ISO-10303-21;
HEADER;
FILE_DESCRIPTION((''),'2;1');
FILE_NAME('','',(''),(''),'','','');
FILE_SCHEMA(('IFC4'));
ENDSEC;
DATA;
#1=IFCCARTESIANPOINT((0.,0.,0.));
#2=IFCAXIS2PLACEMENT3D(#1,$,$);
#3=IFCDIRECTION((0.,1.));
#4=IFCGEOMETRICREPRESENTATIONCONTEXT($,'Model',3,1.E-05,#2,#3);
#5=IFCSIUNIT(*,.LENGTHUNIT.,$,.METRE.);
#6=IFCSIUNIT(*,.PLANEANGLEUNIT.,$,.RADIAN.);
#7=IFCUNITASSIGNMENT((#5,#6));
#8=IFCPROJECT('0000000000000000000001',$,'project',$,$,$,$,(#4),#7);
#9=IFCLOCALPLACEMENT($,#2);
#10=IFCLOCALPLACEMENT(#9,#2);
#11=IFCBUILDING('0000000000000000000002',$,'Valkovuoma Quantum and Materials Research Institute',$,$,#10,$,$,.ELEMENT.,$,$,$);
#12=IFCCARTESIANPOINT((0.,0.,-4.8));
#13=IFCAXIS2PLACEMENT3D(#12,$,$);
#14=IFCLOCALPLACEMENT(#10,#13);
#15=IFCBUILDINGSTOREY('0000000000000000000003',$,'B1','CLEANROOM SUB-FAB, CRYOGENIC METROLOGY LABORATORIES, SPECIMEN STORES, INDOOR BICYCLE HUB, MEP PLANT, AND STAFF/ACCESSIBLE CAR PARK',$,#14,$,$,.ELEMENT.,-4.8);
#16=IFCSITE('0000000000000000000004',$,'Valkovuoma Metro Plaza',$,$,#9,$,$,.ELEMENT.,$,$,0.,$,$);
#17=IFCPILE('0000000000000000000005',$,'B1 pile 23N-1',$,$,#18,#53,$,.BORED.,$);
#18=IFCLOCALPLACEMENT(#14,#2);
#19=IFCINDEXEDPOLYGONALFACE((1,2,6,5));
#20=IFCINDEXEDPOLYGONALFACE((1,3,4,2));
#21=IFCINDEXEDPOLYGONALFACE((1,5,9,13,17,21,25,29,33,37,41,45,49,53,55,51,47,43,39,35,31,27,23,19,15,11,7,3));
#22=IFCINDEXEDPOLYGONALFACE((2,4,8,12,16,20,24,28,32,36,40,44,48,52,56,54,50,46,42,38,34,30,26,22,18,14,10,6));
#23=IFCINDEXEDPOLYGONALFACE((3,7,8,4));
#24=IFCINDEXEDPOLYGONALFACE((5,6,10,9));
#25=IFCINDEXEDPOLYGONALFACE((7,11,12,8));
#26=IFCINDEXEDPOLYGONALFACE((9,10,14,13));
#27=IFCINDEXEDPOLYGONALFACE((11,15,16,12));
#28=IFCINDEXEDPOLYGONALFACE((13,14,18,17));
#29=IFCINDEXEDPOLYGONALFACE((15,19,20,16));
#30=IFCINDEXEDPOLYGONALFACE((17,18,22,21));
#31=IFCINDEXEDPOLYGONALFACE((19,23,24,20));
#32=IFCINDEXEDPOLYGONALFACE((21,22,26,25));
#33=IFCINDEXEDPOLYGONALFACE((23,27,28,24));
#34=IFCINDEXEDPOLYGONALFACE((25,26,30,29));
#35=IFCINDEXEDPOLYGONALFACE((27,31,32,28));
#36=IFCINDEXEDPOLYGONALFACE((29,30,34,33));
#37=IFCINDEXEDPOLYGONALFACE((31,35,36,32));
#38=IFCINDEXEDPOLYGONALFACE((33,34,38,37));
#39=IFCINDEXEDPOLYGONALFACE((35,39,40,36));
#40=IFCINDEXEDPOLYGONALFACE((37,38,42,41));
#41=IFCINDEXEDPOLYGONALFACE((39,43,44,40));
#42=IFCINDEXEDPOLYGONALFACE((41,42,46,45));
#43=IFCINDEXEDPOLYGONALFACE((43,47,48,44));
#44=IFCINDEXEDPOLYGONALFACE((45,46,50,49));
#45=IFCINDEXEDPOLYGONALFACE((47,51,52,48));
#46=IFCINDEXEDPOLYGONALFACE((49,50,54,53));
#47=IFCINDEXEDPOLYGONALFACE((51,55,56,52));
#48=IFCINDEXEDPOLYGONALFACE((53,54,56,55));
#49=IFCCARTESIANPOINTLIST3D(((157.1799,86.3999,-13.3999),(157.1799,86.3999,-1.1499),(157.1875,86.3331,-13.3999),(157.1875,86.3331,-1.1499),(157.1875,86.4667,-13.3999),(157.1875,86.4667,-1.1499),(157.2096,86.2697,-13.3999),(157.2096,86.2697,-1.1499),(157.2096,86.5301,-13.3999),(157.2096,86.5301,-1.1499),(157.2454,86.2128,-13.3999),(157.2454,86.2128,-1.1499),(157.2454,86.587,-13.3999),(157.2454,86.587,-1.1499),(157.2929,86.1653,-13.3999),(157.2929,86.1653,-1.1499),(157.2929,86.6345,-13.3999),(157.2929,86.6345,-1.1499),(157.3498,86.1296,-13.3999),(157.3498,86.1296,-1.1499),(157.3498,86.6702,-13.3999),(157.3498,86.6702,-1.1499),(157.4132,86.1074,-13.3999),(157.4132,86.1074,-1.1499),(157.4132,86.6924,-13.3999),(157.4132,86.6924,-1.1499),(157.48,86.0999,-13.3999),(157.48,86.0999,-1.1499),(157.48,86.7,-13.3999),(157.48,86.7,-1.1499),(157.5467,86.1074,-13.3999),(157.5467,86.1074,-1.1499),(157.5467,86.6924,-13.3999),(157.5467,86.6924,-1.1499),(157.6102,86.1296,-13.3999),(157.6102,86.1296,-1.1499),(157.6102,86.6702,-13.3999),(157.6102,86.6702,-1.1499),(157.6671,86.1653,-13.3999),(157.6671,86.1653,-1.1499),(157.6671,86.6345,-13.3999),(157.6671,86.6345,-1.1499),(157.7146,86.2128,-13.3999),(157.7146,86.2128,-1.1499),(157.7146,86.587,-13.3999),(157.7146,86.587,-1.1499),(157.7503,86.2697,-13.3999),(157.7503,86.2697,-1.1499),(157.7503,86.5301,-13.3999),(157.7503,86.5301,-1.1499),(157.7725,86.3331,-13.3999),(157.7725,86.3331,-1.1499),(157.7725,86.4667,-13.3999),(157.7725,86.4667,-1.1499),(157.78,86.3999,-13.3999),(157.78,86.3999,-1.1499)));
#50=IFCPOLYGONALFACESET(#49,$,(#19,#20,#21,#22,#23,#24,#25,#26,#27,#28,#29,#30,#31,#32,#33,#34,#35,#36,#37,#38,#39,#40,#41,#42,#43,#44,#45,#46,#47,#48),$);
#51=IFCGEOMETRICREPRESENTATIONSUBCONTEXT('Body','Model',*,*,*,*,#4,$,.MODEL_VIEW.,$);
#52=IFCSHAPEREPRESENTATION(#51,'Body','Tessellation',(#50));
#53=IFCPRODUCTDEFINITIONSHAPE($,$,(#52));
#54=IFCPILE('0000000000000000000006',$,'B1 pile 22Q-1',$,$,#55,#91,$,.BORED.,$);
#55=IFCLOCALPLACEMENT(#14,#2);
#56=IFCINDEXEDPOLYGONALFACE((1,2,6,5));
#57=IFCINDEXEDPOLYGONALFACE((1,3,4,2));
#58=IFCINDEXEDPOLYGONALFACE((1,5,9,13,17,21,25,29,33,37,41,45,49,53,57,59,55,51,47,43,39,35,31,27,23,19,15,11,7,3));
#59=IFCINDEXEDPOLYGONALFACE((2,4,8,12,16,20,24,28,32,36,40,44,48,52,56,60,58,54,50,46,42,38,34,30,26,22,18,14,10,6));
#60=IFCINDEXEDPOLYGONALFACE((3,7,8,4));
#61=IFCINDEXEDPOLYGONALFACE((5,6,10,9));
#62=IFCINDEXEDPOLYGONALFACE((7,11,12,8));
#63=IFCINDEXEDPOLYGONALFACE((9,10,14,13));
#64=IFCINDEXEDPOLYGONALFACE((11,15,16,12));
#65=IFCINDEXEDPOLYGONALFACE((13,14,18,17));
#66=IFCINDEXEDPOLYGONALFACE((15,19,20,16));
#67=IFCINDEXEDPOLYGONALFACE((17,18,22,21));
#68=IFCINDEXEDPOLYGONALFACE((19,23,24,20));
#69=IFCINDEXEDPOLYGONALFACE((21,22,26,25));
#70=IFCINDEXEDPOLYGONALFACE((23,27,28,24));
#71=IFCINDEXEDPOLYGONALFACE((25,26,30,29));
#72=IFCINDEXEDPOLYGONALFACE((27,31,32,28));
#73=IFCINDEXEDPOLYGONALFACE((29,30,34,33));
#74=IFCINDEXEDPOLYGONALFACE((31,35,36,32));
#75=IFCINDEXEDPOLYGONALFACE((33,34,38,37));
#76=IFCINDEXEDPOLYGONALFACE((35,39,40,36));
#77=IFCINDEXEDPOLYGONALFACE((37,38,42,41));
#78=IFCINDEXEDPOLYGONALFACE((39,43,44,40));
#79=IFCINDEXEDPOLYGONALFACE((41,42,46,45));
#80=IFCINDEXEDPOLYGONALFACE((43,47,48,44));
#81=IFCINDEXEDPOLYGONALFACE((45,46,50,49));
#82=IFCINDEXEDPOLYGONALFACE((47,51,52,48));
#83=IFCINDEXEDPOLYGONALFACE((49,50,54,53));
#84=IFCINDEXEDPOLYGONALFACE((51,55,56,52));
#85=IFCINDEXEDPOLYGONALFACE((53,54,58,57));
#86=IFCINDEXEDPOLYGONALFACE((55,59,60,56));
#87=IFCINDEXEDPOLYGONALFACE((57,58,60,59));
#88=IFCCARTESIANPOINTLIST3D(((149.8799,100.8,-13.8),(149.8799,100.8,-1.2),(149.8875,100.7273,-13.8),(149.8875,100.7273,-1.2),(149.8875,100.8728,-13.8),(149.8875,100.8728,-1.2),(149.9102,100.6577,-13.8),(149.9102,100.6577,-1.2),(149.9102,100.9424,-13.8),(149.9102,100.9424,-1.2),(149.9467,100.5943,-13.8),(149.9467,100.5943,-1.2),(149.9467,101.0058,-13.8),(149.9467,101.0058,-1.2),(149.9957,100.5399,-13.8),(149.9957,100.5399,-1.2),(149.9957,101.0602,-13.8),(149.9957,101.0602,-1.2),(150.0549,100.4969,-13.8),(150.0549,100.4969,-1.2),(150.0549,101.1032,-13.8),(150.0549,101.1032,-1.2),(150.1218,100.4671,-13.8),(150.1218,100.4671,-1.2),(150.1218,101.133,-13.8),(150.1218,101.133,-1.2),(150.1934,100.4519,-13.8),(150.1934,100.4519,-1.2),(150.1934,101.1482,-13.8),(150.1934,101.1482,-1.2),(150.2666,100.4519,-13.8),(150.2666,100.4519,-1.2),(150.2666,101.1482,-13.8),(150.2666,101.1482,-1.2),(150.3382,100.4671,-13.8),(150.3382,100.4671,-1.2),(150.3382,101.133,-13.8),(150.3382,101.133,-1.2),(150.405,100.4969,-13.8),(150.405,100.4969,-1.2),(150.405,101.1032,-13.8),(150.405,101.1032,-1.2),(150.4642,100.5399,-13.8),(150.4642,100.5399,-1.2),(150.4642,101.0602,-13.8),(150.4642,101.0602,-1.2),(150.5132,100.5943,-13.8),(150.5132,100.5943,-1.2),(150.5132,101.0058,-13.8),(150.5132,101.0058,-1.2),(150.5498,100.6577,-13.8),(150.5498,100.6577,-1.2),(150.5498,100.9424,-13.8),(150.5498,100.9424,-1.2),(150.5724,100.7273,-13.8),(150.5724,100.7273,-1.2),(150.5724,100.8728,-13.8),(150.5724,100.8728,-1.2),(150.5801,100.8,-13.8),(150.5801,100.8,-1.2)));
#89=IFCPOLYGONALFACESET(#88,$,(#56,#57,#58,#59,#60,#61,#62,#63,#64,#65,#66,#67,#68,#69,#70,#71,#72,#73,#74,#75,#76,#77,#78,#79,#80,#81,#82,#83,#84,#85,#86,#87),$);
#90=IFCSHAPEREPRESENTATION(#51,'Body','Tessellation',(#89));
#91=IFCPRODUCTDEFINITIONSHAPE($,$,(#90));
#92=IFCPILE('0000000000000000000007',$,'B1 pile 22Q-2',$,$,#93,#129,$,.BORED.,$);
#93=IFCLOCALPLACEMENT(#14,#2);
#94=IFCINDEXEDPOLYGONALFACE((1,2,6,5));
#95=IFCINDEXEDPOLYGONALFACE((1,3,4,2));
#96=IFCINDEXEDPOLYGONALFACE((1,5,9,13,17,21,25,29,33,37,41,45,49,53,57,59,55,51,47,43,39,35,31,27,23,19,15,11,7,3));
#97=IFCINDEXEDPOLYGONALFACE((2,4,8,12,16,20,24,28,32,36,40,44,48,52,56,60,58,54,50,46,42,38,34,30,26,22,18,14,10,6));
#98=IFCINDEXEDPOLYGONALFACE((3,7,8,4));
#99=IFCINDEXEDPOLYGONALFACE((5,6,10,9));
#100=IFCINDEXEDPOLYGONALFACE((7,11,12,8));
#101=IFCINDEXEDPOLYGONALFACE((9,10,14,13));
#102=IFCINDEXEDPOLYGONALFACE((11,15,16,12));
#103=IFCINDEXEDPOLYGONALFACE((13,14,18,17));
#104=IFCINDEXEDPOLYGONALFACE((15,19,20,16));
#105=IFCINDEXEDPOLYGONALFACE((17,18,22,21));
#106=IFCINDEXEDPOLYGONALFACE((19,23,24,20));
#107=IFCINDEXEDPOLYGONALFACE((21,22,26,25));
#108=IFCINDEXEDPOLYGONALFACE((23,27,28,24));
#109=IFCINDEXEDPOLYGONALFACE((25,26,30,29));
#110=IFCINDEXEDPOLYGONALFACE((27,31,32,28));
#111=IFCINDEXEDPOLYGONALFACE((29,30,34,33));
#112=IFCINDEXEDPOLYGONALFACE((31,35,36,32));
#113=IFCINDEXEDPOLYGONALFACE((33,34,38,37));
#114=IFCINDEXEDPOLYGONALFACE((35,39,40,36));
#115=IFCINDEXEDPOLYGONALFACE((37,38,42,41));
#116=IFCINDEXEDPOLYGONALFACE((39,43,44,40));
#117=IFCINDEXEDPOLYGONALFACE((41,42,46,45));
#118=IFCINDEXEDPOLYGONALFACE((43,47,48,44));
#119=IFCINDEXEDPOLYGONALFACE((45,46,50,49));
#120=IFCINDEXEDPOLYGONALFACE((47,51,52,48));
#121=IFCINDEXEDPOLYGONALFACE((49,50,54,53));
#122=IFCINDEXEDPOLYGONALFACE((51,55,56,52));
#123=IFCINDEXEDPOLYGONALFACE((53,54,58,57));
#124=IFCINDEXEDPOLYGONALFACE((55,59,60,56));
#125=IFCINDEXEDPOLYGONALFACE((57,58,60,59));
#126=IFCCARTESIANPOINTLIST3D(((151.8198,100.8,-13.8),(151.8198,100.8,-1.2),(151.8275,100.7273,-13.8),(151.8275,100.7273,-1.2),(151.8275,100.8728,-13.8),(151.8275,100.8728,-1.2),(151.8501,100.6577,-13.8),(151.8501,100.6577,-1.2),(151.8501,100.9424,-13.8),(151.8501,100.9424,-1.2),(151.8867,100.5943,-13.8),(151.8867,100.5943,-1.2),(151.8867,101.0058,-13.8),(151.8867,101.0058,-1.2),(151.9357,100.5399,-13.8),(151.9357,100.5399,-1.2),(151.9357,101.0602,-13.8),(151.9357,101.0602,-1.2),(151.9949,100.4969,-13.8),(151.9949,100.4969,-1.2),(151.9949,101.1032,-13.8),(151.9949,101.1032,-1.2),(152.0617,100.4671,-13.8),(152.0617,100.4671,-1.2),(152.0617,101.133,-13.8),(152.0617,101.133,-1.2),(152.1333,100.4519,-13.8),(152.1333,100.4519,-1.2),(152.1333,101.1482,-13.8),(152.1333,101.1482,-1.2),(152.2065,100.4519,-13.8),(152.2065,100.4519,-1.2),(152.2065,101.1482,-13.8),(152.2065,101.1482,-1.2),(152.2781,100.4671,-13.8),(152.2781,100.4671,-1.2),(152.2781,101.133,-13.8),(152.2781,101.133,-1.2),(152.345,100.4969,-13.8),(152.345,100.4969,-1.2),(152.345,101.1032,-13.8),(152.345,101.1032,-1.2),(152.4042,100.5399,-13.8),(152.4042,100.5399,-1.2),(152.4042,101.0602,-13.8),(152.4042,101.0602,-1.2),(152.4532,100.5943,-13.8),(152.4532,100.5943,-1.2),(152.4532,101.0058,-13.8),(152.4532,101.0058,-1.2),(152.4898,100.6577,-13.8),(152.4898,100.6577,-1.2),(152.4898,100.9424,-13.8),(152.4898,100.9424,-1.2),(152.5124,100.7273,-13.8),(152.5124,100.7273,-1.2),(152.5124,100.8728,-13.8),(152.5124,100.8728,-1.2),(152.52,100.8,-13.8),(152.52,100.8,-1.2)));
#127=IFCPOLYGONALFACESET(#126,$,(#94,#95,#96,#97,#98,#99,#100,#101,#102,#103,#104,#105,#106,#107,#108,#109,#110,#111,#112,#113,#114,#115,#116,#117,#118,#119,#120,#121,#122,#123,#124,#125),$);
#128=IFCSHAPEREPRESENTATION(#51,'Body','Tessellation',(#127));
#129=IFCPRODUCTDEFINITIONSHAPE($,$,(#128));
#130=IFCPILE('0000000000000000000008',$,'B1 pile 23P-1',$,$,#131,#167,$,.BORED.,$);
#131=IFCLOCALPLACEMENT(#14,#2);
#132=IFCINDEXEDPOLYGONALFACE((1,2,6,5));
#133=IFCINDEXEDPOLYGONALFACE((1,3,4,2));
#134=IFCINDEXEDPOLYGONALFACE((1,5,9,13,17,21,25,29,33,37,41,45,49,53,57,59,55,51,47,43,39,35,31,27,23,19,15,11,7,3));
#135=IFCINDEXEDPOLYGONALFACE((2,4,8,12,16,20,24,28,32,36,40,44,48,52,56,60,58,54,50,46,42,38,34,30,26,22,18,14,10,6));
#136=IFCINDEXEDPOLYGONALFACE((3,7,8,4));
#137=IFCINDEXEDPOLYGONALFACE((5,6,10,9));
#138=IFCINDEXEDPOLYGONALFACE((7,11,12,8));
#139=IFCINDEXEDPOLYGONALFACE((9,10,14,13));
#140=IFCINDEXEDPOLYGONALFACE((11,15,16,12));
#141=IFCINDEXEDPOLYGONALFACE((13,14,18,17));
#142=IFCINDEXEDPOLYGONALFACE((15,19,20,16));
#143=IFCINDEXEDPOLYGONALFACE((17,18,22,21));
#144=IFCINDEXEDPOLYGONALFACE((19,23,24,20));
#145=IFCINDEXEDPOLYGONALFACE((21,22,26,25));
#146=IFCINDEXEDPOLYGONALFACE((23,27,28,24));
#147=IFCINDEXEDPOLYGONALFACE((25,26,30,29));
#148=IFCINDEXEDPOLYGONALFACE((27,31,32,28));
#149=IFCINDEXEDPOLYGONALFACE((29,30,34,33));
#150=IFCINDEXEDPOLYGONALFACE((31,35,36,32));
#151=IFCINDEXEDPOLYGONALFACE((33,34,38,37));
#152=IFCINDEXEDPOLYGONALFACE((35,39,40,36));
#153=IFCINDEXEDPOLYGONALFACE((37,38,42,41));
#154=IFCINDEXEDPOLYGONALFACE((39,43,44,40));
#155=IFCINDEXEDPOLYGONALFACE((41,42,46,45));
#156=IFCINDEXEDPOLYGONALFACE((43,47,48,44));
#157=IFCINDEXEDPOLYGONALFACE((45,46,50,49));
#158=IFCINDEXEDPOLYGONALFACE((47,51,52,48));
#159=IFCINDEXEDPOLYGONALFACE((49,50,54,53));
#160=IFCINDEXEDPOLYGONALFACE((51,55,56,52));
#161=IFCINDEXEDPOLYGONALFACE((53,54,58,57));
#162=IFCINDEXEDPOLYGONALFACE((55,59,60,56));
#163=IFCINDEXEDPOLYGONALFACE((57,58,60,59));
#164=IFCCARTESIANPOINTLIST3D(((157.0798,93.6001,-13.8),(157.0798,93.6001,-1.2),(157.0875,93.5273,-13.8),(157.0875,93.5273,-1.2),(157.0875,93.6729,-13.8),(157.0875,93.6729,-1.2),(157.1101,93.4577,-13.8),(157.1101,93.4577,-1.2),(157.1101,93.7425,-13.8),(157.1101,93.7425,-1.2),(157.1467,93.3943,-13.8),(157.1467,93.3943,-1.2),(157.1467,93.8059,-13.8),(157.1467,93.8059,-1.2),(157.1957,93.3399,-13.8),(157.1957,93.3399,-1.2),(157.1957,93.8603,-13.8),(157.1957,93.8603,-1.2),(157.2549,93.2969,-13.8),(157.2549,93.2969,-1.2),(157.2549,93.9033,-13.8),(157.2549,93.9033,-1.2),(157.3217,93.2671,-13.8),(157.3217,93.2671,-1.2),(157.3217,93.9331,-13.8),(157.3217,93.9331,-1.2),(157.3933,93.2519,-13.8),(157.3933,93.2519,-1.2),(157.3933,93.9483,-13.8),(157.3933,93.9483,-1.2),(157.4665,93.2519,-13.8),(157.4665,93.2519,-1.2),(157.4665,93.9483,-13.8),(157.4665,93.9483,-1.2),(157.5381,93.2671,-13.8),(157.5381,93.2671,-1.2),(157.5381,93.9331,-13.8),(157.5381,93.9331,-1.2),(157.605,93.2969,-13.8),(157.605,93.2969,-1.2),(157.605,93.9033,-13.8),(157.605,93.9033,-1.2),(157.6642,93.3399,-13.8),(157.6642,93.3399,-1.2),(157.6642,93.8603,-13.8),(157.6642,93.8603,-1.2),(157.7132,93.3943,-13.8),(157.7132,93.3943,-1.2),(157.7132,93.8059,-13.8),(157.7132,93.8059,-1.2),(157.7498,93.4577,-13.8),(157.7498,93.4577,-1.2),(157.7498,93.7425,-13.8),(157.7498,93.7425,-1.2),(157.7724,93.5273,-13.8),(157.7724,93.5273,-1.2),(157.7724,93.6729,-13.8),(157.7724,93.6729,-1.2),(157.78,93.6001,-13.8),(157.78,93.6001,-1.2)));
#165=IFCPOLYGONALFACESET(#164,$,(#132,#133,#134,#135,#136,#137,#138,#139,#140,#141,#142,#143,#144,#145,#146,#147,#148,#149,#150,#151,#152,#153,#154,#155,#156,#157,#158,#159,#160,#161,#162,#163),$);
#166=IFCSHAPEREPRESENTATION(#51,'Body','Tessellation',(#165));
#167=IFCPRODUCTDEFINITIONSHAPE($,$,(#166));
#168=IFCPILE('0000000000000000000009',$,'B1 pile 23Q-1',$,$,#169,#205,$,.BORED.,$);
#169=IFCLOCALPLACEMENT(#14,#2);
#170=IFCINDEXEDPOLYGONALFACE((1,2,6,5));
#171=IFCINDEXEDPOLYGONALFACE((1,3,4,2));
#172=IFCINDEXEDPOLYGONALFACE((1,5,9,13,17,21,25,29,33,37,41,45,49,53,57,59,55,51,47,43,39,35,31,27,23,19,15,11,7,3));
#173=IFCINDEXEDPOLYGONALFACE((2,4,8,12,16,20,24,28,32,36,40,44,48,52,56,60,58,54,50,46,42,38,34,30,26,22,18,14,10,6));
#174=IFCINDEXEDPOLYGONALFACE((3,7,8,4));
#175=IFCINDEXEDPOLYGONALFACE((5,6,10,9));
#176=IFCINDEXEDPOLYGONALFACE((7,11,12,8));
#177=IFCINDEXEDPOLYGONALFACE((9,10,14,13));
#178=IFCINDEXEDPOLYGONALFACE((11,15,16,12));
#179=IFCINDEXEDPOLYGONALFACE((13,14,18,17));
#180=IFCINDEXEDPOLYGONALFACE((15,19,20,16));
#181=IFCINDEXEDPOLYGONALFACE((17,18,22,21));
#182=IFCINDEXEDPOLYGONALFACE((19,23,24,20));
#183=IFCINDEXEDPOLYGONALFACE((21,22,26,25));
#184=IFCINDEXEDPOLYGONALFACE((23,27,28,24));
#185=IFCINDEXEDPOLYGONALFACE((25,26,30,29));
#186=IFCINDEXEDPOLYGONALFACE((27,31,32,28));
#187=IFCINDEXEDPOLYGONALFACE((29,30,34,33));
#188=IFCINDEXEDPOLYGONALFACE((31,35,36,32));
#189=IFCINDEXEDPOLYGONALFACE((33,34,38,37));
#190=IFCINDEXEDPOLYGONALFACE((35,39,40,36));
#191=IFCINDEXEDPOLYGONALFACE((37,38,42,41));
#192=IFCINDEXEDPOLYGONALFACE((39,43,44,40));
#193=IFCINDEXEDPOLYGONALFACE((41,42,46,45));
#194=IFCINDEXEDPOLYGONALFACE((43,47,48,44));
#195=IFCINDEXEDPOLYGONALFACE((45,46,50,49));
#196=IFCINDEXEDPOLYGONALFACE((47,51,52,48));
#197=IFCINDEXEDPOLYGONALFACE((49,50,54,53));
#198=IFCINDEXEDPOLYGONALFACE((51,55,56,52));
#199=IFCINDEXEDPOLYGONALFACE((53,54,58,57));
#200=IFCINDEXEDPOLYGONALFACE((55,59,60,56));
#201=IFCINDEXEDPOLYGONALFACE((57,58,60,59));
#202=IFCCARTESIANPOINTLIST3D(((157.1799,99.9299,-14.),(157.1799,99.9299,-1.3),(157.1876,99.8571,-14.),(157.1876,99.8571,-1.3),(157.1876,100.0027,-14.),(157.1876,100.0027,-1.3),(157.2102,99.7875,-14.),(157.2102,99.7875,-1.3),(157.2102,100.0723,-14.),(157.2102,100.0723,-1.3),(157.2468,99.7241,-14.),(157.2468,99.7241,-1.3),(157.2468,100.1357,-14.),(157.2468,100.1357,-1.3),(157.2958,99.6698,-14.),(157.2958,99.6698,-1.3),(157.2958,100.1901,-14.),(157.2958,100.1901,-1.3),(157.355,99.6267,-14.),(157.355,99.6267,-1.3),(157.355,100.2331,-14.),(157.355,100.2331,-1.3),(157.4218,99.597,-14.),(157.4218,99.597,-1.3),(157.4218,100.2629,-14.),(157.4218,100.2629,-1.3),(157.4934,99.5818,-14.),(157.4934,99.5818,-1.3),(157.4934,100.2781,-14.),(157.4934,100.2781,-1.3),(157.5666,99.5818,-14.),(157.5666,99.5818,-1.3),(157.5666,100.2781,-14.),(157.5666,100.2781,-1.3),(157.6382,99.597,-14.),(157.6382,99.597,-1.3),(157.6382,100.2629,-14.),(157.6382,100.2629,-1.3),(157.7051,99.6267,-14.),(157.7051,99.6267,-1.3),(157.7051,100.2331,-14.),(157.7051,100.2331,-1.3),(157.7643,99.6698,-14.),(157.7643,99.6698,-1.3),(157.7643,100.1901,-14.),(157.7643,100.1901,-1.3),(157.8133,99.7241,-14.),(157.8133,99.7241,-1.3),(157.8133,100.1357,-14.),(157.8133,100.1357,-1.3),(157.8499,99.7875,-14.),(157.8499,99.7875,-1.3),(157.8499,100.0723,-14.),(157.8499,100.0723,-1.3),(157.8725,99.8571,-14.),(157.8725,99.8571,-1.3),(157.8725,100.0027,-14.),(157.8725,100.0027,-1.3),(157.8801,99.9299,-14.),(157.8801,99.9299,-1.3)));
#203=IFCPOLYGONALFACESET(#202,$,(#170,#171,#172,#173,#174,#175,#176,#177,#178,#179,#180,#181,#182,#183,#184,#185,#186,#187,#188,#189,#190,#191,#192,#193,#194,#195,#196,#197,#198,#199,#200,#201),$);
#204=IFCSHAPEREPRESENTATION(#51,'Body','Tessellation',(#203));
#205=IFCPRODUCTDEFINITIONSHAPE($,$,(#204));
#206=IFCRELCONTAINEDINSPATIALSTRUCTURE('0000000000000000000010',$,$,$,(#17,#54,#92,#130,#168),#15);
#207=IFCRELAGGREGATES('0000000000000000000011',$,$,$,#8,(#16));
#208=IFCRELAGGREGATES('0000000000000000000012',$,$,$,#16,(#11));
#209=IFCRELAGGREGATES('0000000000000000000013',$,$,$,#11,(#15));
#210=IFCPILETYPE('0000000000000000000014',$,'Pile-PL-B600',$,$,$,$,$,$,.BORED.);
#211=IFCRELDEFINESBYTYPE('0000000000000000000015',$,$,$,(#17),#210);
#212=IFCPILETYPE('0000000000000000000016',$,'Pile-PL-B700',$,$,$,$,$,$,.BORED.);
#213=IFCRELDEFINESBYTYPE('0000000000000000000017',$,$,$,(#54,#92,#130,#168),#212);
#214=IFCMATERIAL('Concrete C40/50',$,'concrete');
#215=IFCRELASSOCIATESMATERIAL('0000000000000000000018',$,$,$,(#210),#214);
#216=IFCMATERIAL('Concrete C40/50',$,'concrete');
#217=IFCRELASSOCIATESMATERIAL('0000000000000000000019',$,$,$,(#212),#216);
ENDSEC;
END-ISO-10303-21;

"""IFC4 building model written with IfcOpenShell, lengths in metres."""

from ifc_helpers import new_model, si_unit, direction, frame, origin, origin_2d, place, context, subcontext, project, spatial, circle, extrude, material, material_profile, profile_set, type_object, element, save


model = new_model("IFC4")

# Units and contexts
model_context = context("Model", 3, precision=1e-05, world=origin(), true_north=direction((0.0, 1.0)))
body_context = subcontext(model_context, "Body", "Model", "MODEL_VIEW")
ifc_project = project(units=[si_unit("LENGTHUNIT", "METRE"), si_unit("PLANEANGLEUNIT", "RADIAN")], contexts=[model_context])

# Site, building, storey
site_placement = place(None, origin())
site = spatial("IfcSite", under=ifc_project, at=site_placement, Name="Valkovuoma Metro Plaza", CompositionType="ELEMENT", RefElevation=0.0)
building_placement = place(site_placement, origin())
building = spatial("IfcBuilding", under=site, at=building_placement, Name="Valkovuoma Quantum and Materials Research Institute", CompositionType="ELEMENT")
storey_placement = place(building_placement, frame((0.0, 0.0, -4.8)))
storey = spatial("IfcBuildingStorey", under=building, at=storey_placement, Name="B1", Description="CLEANROOM SUB-FAB, CRYOGENIC METROLOGY LABORATORIES, SPECIMEN STORES, INDOOR BICYCLE HUB, MEP PLANT, AND STAFF/ACCESSIBLE CAR PARK", CompositionType="ELEMENT", Elevation=-4.8)

# Piles
ifc_material_1 = material(Name="Concrete C40/50", Category="concrete")
ifc_material_profile_1 = material_profile(ifc_material_1, circle(Radius=0.3, at=origin_2d()), Name="Concrete C40/50")
ifc_profile_set_1 = profile_set([ifc_material_profile_1], Name="Concrete C40/50")
pile_type_1 = type_object("IfcPileType", Name="Pile-PL-B600", PredefinedType="BORED", material=ifc_profile_set_1)
for number, where, z_axis, x_axis, name in (
    (1, (157.48, 86.3999, -1.1499), (0.0, 0.0, -1.0), (1.0, 0.0, 0.0), "B1 pile 23N-1"),
):
    element("IfcPile", number, at=place(storey_placement, frame(where, z_axis=z_axis, x_axis=x_axis)), inside=storey, type_object=pile_type_1, Name=name, PredefinedType="BORED", context=body_context, shape_type="SweptSolid", body=[
        extrude(circle(Radius=0.3, at=origin_2d()), origin(), (0.0, 0.0, 1.0), 12.25),
    ])
ifc_material_2 = material(Name="Concrete C40/50", Category="concrete")
ifc_material_profile_2 = material_profile(ifc_material_2, circle(Radius=0.3501, at=origin_2d()), Name="Concrete C40/50")
ifc_profile_set_2 = profile_set([ifc_material_profile_2], Name="Concrete C40/50")
pile_type_2 = type_object("IfcPileType", Name="Pile-PL-B700", PredefinedType="BORED", material=ifc_profile_set_2)
for number, where, z_axis, x_axis, name in (
    (2, (150.23, 100.8, -1.2), (0.0, 0.0, -1.0), (1.0, 0.0, 0.0), "B1 pile 22Q-1"),
    (3, (152.1699, 100.8, -1.2), (0.0, 0.0, -1.0), (1.0, 0.0, 0.0), "B1 pile 22Q-2"),
    (4, (157.4299, 93.6001, -1.2), (0.0, 0.0, -1.0), (1.0, 0.0, 0.0), "B1 pile 23P-1"),
):
    element("IfcPile", number, at=place(storey_placement, frame(where, z_axis=z_axis, x_axis=x_axis)), inside=storey, type_object=pile_type_2, Name=name, PredefinedType="BORED", context=body_context, shape_type="SweptSolid", body=[
        extrude(circle(Radius=0.3501, at=origin_2d()), origin(), (0.0, 0.0, 1.0), 12.6001),
    ])
pile_1_placement = place(storey_placement, frame((157.53, 99.9299, -1.3), z_axis=(0.0, 0.0, -1.0), x_axis=(1.0, 0.0, 0.0)))
element("IfcPile", 5, at=pile_1_placement, inside=storey, type_object=pile_type_2, Name="B1 pile 23Q-1", PredefinedType="BORED", context=body_context, shape_type="SweptSolid", body=[
    extrude(circle(Radius=0.3501, at=origin_2d()), origin(), (0.0, 0.0, 1.0), 12.7),
])

save(model, "model.ifc")
